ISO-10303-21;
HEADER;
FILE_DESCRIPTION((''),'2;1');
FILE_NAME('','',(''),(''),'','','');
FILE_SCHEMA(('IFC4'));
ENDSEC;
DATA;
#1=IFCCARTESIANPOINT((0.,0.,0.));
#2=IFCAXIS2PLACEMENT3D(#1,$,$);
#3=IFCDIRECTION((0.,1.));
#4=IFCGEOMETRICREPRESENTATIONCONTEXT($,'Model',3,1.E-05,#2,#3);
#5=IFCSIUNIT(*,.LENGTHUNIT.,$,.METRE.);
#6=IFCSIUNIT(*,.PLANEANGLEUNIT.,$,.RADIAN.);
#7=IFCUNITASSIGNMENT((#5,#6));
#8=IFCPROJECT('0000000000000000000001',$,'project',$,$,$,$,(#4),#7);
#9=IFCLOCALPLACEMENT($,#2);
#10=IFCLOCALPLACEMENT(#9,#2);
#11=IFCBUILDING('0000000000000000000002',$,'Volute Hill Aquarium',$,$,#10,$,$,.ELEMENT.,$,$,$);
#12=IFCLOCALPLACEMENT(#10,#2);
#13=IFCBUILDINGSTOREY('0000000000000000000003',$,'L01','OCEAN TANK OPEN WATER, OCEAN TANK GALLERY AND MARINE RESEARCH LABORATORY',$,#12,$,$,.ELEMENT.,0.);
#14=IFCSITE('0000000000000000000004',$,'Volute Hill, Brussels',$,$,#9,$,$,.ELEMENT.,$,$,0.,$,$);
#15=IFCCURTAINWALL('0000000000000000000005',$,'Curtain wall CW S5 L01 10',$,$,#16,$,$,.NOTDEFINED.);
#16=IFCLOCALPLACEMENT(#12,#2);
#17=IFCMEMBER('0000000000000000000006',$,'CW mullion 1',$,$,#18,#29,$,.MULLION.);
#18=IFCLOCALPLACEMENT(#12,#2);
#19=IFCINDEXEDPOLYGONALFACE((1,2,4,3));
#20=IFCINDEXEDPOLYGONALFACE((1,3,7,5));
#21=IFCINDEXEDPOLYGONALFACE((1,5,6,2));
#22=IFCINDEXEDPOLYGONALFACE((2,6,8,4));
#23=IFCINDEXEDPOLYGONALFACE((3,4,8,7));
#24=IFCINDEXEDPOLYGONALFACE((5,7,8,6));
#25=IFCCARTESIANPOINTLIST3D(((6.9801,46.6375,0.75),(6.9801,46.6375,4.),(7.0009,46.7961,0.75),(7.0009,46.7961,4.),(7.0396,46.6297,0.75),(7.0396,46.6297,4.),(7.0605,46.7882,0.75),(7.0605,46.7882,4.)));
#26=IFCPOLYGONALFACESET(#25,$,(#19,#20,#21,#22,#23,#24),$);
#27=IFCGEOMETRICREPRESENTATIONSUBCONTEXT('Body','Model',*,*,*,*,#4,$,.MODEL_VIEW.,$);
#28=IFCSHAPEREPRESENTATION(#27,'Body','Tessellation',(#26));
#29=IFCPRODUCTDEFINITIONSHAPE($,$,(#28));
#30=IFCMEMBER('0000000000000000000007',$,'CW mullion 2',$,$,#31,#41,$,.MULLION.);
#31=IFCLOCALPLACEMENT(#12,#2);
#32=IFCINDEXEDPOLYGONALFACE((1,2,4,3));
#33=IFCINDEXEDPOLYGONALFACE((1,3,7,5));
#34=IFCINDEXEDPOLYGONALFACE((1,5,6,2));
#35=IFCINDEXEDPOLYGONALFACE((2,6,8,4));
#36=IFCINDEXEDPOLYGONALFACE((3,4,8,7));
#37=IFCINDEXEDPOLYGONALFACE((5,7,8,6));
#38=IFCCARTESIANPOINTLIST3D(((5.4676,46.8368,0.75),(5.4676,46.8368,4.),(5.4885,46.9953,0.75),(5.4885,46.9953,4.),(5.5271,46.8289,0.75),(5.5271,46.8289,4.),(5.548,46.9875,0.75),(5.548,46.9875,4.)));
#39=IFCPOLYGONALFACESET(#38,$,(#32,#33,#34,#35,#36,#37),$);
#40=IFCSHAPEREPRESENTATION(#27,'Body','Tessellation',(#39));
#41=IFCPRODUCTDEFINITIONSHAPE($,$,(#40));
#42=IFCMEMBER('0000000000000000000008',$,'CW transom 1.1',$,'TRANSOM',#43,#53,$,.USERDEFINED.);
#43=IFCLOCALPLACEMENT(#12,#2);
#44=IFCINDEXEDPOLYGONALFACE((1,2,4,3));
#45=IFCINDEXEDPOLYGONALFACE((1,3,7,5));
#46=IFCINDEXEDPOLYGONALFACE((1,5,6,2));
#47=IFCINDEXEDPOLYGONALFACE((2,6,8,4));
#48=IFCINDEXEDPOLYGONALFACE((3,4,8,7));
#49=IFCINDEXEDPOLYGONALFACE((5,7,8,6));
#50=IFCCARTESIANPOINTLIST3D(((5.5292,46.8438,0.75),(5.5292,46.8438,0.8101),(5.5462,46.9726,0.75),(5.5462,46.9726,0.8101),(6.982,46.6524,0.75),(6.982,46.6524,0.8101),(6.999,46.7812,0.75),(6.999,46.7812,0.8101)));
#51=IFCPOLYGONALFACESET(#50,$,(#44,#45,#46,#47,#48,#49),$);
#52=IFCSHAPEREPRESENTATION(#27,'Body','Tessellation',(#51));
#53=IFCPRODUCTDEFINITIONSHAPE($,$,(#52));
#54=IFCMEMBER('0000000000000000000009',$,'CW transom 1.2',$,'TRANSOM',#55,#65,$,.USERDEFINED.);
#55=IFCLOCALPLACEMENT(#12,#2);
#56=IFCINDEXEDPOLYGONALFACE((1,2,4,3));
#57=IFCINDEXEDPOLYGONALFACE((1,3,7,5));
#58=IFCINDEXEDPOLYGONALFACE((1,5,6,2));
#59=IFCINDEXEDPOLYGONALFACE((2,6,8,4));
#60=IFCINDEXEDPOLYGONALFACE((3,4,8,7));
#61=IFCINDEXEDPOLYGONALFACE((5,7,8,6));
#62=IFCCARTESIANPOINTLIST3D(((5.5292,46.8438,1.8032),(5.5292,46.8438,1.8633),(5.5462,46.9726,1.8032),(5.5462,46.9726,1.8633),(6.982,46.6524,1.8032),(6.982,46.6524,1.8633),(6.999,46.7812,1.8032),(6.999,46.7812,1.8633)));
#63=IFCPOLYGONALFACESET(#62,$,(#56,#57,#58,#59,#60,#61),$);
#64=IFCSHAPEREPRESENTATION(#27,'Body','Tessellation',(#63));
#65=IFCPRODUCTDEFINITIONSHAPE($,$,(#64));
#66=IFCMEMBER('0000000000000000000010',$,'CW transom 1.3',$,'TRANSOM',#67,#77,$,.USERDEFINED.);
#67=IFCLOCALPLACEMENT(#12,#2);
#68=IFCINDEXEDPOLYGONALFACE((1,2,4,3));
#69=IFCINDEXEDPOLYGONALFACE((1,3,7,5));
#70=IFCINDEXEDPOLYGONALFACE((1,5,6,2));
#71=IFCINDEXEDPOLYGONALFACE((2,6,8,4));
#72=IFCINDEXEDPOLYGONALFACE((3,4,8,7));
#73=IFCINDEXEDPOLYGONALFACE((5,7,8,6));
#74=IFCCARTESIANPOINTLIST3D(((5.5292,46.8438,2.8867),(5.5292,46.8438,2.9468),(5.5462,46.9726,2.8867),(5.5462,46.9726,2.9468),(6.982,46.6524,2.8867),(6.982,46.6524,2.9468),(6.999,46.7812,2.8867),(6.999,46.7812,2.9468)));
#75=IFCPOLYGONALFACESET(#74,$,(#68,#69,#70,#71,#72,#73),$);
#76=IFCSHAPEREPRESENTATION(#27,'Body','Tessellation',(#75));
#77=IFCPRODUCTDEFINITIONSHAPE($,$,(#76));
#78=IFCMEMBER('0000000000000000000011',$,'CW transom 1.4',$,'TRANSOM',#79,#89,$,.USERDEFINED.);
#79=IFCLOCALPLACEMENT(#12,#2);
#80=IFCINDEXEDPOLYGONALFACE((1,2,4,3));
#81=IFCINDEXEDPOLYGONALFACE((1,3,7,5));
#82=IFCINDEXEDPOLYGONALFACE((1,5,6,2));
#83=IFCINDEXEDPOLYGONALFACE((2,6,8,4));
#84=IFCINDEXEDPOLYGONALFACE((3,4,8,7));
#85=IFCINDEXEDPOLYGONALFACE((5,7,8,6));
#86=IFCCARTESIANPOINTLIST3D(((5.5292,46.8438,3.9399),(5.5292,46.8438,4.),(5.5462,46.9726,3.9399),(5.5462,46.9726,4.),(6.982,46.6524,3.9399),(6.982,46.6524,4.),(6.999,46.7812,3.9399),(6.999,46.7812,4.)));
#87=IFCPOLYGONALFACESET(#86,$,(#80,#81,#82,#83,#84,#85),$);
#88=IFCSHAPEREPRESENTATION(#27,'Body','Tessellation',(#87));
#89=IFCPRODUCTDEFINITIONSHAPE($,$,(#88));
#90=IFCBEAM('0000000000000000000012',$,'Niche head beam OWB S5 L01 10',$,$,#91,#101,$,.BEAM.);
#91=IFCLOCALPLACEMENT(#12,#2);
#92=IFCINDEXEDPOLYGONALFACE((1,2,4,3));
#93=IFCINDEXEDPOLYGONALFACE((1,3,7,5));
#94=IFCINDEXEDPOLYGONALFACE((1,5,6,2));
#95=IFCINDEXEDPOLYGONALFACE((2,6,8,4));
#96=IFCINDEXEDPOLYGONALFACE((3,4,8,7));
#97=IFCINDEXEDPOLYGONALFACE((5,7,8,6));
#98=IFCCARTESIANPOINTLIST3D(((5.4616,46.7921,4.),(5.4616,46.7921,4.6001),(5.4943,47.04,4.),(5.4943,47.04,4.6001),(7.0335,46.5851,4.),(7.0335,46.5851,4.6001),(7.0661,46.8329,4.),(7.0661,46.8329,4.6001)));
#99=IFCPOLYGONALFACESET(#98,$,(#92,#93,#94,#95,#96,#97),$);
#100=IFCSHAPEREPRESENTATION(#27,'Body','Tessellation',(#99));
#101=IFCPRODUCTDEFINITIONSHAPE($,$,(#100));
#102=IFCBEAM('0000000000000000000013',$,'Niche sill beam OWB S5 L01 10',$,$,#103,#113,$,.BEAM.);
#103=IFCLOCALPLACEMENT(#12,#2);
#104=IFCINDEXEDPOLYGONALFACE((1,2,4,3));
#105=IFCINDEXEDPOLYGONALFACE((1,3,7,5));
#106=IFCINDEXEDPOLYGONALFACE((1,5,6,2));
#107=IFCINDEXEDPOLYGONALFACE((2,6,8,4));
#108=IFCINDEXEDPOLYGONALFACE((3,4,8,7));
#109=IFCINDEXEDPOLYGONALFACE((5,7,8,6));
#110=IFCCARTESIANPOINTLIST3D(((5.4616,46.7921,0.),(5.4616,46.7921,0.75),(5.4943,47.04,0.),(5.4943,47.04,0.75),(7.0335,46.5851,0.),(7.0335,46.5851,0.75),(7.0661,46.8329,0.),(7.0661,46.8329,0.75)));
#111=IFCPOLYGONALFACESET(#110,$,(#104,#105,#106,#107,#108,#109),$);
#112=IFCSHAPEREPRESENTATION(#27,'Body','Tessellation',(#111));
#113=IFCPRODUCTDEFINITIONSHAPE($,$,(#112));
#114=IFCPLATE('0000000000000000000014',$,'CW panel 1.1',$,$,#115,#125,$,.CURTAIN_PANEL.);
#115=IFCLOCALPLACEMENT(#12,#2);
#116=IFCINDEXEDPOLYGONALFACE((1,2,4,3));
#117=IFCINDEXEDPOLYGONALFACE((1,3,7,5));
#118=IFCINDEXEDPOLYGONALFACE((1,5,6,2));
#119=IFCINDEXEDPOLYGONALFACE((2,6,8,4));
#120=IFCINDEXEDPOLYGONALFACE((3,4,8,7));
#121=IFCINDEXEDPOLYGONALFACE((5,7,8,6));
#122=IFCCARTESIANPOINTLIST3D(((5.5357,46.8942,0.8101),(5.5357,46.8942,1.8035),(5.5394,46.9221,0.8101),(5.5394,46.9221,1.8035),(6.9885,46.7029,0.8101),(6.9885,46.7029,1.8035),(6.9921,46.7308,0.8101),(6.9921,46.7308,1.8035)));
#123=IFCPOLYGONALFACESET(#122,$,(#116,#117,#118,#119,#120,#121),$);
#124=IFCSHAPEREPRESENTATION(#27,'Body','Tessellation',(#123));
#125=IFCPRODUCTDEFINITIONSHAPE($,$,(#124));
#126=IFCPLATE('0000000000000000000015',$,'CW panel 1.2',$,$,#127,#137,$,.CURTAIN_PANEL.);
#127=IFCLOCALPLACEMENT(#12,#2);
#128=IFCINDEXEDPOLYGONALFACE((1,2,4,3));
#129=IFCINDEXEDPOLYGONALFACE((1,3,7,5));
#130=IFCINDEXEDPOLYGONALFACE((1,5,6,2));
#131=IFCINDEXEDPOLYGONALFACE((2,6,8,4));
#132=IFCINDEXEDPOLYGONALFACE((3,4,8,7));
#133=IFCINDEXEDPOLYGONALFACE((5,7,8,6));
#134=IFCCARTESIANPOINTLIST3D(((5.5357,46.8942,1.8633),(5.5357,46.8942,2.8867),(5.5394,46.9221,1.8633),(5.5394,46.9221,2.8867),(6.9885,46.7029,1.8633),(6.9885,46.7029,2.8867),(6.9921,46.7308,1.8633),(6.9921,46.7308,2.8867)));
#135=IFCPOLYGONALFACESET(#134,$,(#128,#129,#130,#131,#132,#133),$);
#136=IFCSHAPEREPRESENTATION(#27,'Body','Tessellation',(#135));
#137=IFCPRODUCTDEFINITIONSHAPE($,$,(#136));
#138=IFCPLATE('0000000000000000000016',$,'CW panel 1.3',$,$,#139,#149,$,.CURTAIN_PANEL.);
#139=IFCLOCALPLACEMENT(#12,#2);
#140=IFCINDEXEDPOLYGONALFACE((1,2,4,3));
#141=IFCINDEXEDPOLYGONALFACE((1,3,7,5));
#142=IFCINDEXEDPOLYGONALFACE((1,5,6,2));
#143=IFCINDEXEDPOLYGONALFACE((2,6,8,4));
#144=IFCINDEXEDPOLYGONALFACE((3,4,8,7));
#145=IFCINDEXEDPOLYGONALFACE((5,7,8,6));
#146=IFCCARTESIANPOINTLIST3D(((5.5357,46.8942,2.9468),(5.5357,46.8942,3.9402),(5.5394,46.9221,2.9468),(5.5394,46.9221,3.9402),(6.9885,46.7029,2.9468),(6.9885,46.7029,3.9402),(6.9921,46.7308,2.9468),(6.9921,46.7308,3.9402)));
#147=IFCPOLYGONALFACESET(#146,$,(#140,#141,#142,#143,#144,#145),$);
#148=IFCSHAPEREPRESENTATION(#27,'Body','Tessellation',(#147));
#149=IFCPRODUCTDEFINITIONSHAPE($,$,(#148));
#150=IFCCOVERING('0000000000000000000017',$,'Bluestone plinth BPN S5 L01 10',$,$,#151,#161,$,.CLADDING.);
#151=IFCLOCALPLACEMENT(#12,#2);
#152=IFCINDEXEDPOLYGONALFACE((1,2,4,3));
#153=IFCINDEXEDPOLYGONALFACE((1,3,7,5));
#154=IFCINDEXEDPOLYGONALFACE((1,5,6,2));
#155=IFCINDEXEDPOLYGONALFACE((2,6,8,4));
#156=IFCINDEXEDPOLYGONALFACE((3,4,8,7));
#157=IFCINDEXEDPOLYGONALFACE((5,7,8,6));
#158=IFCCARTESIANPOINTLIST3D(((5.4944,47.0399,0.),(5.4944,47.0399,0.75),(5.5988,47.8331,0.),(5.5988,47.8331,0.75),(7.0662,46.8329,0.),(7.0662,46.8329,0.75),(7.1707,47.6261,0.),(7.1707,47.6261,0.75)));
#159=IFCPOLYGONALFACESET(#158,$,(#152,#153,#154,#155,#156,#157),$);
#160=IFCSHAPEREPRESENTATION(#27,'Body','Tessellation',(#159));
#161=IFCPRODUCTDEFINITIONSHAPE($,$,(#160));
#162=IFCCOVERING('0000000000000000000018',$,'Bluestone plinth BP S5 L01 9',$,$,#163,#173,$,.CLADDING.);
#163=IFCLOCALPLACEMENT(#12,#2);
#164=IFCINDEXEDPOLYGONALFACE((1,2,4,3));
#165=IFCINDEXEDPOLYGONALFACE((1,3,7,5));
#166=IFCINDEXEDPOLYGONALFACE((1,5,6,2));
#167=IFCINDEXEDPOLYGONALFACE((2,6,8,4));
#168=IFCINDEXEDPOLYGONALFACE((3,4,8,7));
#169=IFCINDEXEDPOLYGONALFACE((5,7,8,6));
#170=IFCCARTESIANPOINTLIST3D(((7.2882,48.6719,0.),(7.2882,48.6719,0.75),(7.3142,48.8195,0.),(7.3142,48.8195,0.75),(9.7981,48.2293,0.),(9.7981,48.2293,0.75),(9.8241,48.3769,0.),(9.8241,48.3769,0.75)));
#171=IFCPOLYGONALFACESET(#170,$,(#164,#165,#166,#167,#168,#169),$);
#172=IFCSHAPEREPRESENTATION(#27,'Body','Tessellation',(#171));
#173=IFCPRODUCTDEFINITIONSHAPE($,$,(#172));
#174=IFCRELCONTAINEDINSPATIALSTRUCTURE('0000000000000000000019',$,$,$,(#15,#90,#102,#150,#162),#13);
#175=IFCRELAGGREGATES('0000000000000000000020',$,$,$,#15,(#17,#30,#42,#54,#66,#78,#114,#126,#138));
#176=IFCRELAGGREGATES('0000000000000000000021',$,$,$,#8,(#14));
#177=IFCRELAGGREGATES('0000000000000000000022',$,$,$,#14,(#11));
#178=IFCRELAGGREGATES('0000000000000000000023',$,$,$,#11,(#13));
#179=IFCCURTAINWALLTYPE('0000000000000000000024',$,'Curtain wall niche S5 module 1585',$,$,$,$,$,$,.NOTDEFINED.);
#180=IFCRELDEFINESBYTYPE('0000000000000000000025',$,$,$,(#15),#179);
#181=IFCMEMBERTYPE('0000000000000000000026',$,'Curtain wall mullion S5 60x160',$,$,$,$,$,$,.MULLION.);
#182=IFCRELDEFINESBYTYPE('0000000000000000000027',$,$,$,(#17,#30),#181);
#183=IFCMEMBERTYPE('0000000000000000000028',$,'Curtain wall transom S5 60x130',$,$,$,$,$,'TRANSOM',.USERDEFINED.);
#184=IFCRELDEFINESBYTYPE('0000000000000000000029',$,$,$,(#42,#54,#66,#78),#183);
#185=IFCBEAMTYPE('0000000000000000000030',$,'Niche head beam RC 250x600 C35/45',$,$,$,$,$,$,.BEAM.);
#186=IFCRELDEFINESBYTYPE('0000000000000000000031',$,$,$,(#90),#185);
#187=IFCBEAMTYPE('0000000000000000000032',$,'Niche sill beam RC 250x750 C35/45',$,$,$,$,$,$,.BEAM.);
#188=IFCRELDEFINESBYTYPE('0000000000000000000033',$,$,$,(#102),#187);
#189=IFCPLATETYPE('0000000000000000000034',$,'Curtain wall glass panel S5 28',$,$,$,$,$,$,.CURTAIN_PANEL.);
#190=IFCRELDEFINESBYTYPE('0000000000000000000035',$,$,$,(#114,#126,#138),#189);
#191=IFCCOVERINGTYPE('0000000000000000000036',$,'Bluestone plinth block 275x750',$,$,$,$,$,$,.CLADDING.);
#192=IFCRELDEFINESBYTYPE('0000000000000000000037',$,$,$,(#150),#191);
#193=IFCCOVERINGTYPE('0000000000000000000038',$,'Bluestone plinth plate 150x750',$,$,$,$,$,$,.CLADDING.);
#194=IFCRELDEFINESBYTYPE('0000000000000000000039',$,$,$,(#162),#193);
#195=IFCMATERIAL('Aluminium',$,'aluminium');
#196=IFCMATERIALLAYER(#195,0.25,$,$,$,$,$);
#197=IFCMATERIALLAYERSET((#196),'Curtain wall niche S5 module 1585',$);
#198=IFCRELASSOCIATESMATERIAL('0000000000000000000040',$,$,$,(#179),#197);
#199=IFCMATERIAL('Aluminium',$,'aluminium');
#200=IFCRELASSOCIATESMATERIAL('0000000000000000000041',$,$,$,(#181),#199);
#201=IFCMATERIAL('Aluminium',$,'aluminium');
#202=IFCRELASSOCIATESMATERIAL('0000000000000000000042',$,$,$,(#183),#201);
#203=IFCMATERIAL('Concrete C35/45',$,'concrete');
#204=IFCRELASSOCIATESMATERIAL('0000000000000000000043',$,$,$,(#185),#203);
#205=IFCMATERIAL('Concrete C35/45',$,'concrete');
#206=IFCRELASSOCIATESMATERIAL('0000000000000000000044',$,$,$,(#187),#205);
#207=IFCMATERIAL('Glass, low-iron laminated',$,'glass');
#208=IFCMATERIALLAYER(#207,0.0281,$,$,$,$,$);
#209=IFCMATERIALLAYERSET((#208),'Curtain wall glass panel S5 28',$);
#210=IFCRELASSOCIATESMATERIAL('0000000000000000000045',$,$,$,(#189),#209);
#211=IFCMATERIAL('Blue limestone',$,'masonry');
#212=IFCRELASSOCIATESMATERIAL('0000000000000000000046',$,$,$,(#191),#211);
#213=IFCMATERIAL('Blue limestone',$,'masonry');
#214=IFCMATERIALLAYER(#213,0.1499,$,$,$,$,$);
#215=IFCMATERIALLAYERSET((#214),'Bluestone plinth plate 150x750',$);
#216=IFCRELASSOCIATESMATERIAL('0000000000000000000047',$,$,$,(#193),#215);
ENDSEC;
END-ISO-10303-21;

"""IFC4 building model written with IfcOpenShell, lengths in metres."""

from ifc_helpers import new_model, si_unit, direction, frame, origin, origin_2d, place, context, subcontext, project, spatial, rectangle, extrude, material, layer, layer_set, material_profile, profile_set, type_object, element, aggregate, save


model = new_model("IFC4")

# Units and contexts
model_context = context("Model", 3, precision=1e-05, world=origin(), true_north=direction((0.0, 1.0)))
body_context = subcontext(model_context, "Body", "Model", "MODEL_VIEW")
ifc_project = project(units=[si_unit("LENGTHUNIT", "METRE"), si_unit("PLANEANGLEUNIT", "RADIAN")], contexts=[model_context])

# Site, building, storey
site_placement = place(None, origin())
site = spatial("IfcSite", under=ifc_project, at=site_placement, Name="Volute Hill, Brussels", CompositionType="ELEMENT", RefElevation=0.0)
building_placement = place(site_placement, origin())
building = spatial("IfcBuilding", under=site, at=building_placement, Name="Volute Hill Aquarium", CompositionType="ELEMENT")
storey_placement = place(building_placement, origin())
storey = spatial("IfcBuildingStorey", under=building, at=storey_placement, Name="L01", Description="OCEAN TANK OPEN WATER, OCEAN TANK GALLERY AND MARINE RESEARCH LABORATORY", CompositionType="ELEMENT", Elevation=0.0)

# Curtain wall, members
ifc_material_1 = material(Name="Aluminium", Category="aluminium")
ifc_layer_1 = layer(ifc_material_1, 0.25)
ifc_layer_set_1 = layer_set([ifc_layer_1], Name="Curtain wall niche S5 module 1585")
curtain_wall_type = type_object("IfcCurtainWallType", Name="Curtain wall niche S5 module 1585", PredefinedType="NOTDEFINED", material=ifc_layer_set_1)
curtain_wall_placement = place(storey_placement, origin())
curtain_wall = element("IfcCurtainWall", 1, at=curtain_wall_placement, inside=storey, type_object=curtain_wall_type, Name="Curtain wall CW S5 L01 10", PredefinedType="NOTDEFINED")
ifc_material_2 = material(Name="Aluminium", Category="aluminium")
ifc_material_profile_1 = material_profile(ifc_material_2, rectangle(XDim=0.1599, YDim=0.0601, at=origin_2d()), Name="Curtain wall mullion S5 60x160")
ifc_profile_set_1 = profile_set([ifc_material_profile_1], Name="Aluminium")
member_type_1 = type_object("IfcMemberType", Name="Curtain wall mullion S5 60x160", PredefinedType="MULLION", material=ifc_profile_set_1)
member_1_placement = place(storey_placement, frame((7.0203, 46.7129, 0.75), z_axis=(0.0, 0.0, 1.0), x_axis=(-0.130539, -0.991443, 0.0)))
member_1 = element("IfcMember", 2, at=member_1_placement, type_object=member_type_1, Name="CW mullion 1", PredefinedType="MULLION", context=body_context, shape_type="SweptSolid", body=[
    extrude(rectangle(XDim=0.1599, YDim=0.0601, at=origin_2d()), origin(), (0.0, 0.0, 1.0), 3.25),
])
member_2_placement = place(storey_placement, frame((5.5078, 46.9121, 0.75), z_axis=(0.0, 0.0, 1.0), x_axis=(-0.130539, -0.991443, 0.0)))
member_2 = element("IfcMember", 3, at=member_2_placement, type_object=member_type_1, Name="CW mullion 2", PredefinedType="MULLION", context=body_context, shape_type="SweptSolid", body=[
    extrude(rectangle(XDim=0.1599, YDim=0.0601, at=origin_2d()), origin(), (0.0, 0.0, 1.0), 3.25),
])
ifc_material_3 = material(Name="Aluminium", Category="aluminium")
ifc_material_profile_2 = material_profile(ifc_material_3, rectangle(XDim=0.1299, YDim=0.0601, at=origin_2d()), Name="Curtain wall transom S5 60x130")
ifc_profile_set_2 = profile_set([ifc_material_profile_2], Name="Aluminium")
member_type_2 = type_object("IfcMemberType", Name="Curtain wall transom S5 60x130", ElementType="TRANSOM", PredefinedType="USERDEFINED", material=ifc_profile_set_2)
member_3_placement = place(storey_placement, frame((6.9905, 46.7168, 0.78), z_axis=(-0.991433, 0.130614, 0.0), x_axis=(-0.130614, -0.991433, 0.0)))
member_3 = element("IfcMember", 4, at=member_3_placement, type_object=member_type_2, Name="CW transom 1.1", ObjectType="TRANSOM", PredefinedType="USERDEFINED", context=body_context, shape_type="SweptSolid", body=[
    extrude(rectangle(XDim=0.1299, YDim=0.0601, at=origin_2d()), origin(), (0.0, 0.0, 1.0), 1.4653),
])
member_4_placement = place(storey_placement, frame((6.9905, 46.7168, 1.8333), z_axis=(-0.991433, 0.130614, 0.0), x_axis=(-0.130614, -0.991433, 0.0)))
member_4 = element("IfcMember", 5, at=member_4_placement, type_object=member_type_2, Name="CW transom 1.2", ObjectType="TRANSOM", PredefinedType="USERDEFINED", context=body_context, shape_type="SweptSolid", body=[
    extrude(rectangle(XDim=0.1299, YDim=0.0601, at=origin_2d()), origin(), (0.0, 0.0, 1.0), 1.4653),
])
member_5_placement = place(storey_placement, frame((6.9905, 46.7168, 2.9167), z_axis=(-0.991433, 0.130614, 0.0), x_axis=(-0.130614, -0.991433, 0.0)))
member_5 = element("IfcMember", 6, at=member_5_placement, type_object=member_type_2, Name="CW transom 1.3", ObjectType="TRANSOM", PredefinedType="USERDEFINED", context=body_context, shape_type="SweptSolid", body=[
    extrude(rectangle(XDim=0.1299, YDim=0.0601, at=origin_2d()), origin(), (0.0, 0.0, 1.0), 1.4653),
])
member_6_placement = place(storey_placement, frame((6.9905, 46.7168, 3.97), z_axis=(-0.991433, 0.130614, 0.0), x_axis=(-0.130614, -0.991433, 0.0)))
member_6 = element("IfcMember", 7, at=member_6_placement, type_object=member_type_2, Name="CW transom 1.4", ObjectType="TRANSOM", PredefinedType="USERDEFINED", context=body_context, shape_type="SweptSolid", body=[
    extrude(rectangle(XDim=0.1299, YDim=0.0601, at=origin_2d()), origin(), (0.0, 0.0, 1.0), 1.4653),
])

# Beams
ifc_material_4 = material(Name="Concrete C35/45", Category="concrete")
ifc_material_profile_3 = material_profile(ifc_material_4, rectangle(XDim=0.25, YDim=0.6001, at=origin_2d()), Name="RC beam 250x600")
ifc_profile_set_3 = profile_set([ifc_material_profile_3], Name="Concrete C35/45")
beam_type_1 = type_object("IfcBeamType", Name="Niche head beam RC 250x600 C35/45", PredefinedType="BEAM", material=ifc_profile_set_3)
beam_1_placement = place(storey_placement, frame((7.0498, 46.709, 4.3), z_axis=(-0.991436, 0.13059, 0.0), x_axis=(-0.13059, -0.991436, 0.0)))
element("IfcBeam", 8, at=beam_1_placement, inside=storey, type_object=beam_type_1, Name="Niche head beam OWB S5 L01 10", PredefinedType="BEAM", context=body_context, shape_type="SweptSolid", body=[
    extrude(rectangle(XDim=0.25, YDim=0.6001, at=origin_2d()), origin(), (0.0, 0.0, 1.0), 1.5854),
])
ifc_material_5 = material(Name="Concrete C35/45", Category="concrete")
ifc_material_profile_4 = material_profile(ifc_material_5, rectangle(XDim=0.25, YDim=0.75, at=origin_2d()), Name="RC beam 250x750")
ifc_profile_set_4 = profile_set([ifc_material_profile_4], Name="Concrete C35/45")
beam_type_2 = type_object("IfcBeamType", Name="Niche sill beam RC 250x750 C35/45", PredefinedType="BEAM", material=ifc_profile_set_4)
beam_2_placement = place(storey_placement, frame((7.0498, 46.709, 0.375), z_axis=(-0.991436, 0.13059, 0.0), x_axis=(-0.13059, -0.991436, 0.0)))
element("IfcBeam", 9, at=beam_2_placement, inside=storey, type_object=beam_type_2, Name="Niche sill beam OWB S5 L01 10", PredefinedType="BEAM", context=body_context, shape_type="SweptSolid", body=[
    extrude(rectangle(XDim=0.25, YDim=0.75, at=origin_2d()), origin(), (0.0, 0.0, 1.0), 1.5854),
])

# Plates
ifc_material_6 = material(Name="Glass, low-iron laminated", Category="glass")
ifc_layer_2 = layer(ifc_material_6, 0.0281)
ifc_layer_set_2 = layer_set([ifc_layer_2], Name="Curtain wall glass panel S5 28")
plate_type = type_object("IfcPlateType", Name="Curtain wall glass panel S5 28", PredefinedType="CURTAIN_PANEL", material=ifc_layer_set_2)
plate_1_placement = place(storey_placement, frame((6.2639, 46.8125, 0.8101), z_axis=(0.0, 0.0, 1.0), x_axis=(-0.991443, 0.130539, 0.0)))
plate_1 = element("IfcPlate", 10, at=plate_1_placement, type_object=plate_type, Name="CW panel 1.1", PredefinedType="CURTAIN_PANEL", context=body_context, shape_type="SweptSolid", body=[
    extrude(rectangle(XDim=1.4653, YDim=0.0281, at=origin_2d()), origin(), (0.0, 0.0, 1.0), 0.9934),
])
plate_2_placement = place(storey_placement, frame((6.2639, 46.8125, 1.8633), z_axis=(0.0, 0.0, 1.0), x_axis=(-0.991443, 0.130539, 0.0)))
plate_2 = element("IfcPlate", 11, at=plate_2_placement, type_object=plate_type, Name="CW panel 1.2", PredefinedType="CURTAIN_PANEL", context=body_context, shape_type="SweptSolid", body=[
    extrude(rectangle(XDim=1.4653, YDim=0.0281, at=origin_2d()), origin(), (0.0, 0.0, 1.0), 1.0234),
])
plate_3_placement = place(storey_placement, frame((6.2639, 46.8125, 2.9468), z_axis=(0.0, 0.0, 1.0), x_axis=(-0.991443, 0.130539, 0.0)))
plate_3 = element("IfcPlate", 12, at=plate_3_placement, type_object=plate_type, Name="CW panel 1.3", PredefinedType="CURTAIN_PANEL", context=body_context, shape_type="SweptSolid", body=[
    extrude(rectangle(XDim=1.4653, YDim=0.0281, at=origin_2d()), origin(), (0.0, 0.0, 1.0), 0.9934),
])
aggregate(curtain_wall, [member_1, member_2, member_3, member_4, member_5, member_6, plate_1, plate_2, plate_3])

# Coverings
ifc_material_7 = material(Name="Blue limestone", Category="masonry")
covering_type_1 = type_object("IfcCoveringType", Name="Bluestone plinth block 275x750", PredefinedType="CLADDING", material=ifc_material_7)
covering_1_placement = place(storey_placement, frame((6.3325, 47.333, 0.0), z_axis=(0.0, 0.0, 1.0), x_axis=(-0.991443, 0.130544, 0.0)))
element("IfcCovering", 13, at=covering_1_placement, inside=storey, type_object=covering_type_1, Name="Bluestone plinth BPN S5 L01 10", PredefinedType="CLADDING", context=body_context, shape_type="SweptSolid", body=[
    extrude(rectangle(XDim=1.5854, YDim=0.8, at=origin_2d()), origin(), (0.0, 0.0, 1.0), 0.75),
])
ifc_material_8 = material(Name="Blue limestone", Category="masonry")
ifc_layer_3 = layer(ifc_material_8, 0.1499)
ifc_layer_set_3 = layer_set([ifc_layer_3], Name="Bluestone plinth plate 150x750")
covering_type_2 = type_object("IfcCoveringType", Name="Bluestone plinth plate 150x750", PredefinedType="CLADDING", material=ifc_layer_set_3)
covering_2_placement = place(storey_placement, frame((8.5562, 48.5244, 0.0), z_axis=(0.0, 0.0, 1.0), x_axis=(-0.984808, 0.173648, 0.0)))
element("IfcCovering", 14, at=covering_2_placement, inside=storey, type_object=covering_type_2, Name="Bluestone plinth BP S5 L01 9", PredefinedType="CLADDING", context=body_context, shape_type="SweptSolid", body=[
    extrude(rectangle(XDim=2.5486, YDim=0.1499, at=origin_2d()), origin(), (0.0, 0.0, 1.0), 0.75),
])

save(model, "model.ifc")
